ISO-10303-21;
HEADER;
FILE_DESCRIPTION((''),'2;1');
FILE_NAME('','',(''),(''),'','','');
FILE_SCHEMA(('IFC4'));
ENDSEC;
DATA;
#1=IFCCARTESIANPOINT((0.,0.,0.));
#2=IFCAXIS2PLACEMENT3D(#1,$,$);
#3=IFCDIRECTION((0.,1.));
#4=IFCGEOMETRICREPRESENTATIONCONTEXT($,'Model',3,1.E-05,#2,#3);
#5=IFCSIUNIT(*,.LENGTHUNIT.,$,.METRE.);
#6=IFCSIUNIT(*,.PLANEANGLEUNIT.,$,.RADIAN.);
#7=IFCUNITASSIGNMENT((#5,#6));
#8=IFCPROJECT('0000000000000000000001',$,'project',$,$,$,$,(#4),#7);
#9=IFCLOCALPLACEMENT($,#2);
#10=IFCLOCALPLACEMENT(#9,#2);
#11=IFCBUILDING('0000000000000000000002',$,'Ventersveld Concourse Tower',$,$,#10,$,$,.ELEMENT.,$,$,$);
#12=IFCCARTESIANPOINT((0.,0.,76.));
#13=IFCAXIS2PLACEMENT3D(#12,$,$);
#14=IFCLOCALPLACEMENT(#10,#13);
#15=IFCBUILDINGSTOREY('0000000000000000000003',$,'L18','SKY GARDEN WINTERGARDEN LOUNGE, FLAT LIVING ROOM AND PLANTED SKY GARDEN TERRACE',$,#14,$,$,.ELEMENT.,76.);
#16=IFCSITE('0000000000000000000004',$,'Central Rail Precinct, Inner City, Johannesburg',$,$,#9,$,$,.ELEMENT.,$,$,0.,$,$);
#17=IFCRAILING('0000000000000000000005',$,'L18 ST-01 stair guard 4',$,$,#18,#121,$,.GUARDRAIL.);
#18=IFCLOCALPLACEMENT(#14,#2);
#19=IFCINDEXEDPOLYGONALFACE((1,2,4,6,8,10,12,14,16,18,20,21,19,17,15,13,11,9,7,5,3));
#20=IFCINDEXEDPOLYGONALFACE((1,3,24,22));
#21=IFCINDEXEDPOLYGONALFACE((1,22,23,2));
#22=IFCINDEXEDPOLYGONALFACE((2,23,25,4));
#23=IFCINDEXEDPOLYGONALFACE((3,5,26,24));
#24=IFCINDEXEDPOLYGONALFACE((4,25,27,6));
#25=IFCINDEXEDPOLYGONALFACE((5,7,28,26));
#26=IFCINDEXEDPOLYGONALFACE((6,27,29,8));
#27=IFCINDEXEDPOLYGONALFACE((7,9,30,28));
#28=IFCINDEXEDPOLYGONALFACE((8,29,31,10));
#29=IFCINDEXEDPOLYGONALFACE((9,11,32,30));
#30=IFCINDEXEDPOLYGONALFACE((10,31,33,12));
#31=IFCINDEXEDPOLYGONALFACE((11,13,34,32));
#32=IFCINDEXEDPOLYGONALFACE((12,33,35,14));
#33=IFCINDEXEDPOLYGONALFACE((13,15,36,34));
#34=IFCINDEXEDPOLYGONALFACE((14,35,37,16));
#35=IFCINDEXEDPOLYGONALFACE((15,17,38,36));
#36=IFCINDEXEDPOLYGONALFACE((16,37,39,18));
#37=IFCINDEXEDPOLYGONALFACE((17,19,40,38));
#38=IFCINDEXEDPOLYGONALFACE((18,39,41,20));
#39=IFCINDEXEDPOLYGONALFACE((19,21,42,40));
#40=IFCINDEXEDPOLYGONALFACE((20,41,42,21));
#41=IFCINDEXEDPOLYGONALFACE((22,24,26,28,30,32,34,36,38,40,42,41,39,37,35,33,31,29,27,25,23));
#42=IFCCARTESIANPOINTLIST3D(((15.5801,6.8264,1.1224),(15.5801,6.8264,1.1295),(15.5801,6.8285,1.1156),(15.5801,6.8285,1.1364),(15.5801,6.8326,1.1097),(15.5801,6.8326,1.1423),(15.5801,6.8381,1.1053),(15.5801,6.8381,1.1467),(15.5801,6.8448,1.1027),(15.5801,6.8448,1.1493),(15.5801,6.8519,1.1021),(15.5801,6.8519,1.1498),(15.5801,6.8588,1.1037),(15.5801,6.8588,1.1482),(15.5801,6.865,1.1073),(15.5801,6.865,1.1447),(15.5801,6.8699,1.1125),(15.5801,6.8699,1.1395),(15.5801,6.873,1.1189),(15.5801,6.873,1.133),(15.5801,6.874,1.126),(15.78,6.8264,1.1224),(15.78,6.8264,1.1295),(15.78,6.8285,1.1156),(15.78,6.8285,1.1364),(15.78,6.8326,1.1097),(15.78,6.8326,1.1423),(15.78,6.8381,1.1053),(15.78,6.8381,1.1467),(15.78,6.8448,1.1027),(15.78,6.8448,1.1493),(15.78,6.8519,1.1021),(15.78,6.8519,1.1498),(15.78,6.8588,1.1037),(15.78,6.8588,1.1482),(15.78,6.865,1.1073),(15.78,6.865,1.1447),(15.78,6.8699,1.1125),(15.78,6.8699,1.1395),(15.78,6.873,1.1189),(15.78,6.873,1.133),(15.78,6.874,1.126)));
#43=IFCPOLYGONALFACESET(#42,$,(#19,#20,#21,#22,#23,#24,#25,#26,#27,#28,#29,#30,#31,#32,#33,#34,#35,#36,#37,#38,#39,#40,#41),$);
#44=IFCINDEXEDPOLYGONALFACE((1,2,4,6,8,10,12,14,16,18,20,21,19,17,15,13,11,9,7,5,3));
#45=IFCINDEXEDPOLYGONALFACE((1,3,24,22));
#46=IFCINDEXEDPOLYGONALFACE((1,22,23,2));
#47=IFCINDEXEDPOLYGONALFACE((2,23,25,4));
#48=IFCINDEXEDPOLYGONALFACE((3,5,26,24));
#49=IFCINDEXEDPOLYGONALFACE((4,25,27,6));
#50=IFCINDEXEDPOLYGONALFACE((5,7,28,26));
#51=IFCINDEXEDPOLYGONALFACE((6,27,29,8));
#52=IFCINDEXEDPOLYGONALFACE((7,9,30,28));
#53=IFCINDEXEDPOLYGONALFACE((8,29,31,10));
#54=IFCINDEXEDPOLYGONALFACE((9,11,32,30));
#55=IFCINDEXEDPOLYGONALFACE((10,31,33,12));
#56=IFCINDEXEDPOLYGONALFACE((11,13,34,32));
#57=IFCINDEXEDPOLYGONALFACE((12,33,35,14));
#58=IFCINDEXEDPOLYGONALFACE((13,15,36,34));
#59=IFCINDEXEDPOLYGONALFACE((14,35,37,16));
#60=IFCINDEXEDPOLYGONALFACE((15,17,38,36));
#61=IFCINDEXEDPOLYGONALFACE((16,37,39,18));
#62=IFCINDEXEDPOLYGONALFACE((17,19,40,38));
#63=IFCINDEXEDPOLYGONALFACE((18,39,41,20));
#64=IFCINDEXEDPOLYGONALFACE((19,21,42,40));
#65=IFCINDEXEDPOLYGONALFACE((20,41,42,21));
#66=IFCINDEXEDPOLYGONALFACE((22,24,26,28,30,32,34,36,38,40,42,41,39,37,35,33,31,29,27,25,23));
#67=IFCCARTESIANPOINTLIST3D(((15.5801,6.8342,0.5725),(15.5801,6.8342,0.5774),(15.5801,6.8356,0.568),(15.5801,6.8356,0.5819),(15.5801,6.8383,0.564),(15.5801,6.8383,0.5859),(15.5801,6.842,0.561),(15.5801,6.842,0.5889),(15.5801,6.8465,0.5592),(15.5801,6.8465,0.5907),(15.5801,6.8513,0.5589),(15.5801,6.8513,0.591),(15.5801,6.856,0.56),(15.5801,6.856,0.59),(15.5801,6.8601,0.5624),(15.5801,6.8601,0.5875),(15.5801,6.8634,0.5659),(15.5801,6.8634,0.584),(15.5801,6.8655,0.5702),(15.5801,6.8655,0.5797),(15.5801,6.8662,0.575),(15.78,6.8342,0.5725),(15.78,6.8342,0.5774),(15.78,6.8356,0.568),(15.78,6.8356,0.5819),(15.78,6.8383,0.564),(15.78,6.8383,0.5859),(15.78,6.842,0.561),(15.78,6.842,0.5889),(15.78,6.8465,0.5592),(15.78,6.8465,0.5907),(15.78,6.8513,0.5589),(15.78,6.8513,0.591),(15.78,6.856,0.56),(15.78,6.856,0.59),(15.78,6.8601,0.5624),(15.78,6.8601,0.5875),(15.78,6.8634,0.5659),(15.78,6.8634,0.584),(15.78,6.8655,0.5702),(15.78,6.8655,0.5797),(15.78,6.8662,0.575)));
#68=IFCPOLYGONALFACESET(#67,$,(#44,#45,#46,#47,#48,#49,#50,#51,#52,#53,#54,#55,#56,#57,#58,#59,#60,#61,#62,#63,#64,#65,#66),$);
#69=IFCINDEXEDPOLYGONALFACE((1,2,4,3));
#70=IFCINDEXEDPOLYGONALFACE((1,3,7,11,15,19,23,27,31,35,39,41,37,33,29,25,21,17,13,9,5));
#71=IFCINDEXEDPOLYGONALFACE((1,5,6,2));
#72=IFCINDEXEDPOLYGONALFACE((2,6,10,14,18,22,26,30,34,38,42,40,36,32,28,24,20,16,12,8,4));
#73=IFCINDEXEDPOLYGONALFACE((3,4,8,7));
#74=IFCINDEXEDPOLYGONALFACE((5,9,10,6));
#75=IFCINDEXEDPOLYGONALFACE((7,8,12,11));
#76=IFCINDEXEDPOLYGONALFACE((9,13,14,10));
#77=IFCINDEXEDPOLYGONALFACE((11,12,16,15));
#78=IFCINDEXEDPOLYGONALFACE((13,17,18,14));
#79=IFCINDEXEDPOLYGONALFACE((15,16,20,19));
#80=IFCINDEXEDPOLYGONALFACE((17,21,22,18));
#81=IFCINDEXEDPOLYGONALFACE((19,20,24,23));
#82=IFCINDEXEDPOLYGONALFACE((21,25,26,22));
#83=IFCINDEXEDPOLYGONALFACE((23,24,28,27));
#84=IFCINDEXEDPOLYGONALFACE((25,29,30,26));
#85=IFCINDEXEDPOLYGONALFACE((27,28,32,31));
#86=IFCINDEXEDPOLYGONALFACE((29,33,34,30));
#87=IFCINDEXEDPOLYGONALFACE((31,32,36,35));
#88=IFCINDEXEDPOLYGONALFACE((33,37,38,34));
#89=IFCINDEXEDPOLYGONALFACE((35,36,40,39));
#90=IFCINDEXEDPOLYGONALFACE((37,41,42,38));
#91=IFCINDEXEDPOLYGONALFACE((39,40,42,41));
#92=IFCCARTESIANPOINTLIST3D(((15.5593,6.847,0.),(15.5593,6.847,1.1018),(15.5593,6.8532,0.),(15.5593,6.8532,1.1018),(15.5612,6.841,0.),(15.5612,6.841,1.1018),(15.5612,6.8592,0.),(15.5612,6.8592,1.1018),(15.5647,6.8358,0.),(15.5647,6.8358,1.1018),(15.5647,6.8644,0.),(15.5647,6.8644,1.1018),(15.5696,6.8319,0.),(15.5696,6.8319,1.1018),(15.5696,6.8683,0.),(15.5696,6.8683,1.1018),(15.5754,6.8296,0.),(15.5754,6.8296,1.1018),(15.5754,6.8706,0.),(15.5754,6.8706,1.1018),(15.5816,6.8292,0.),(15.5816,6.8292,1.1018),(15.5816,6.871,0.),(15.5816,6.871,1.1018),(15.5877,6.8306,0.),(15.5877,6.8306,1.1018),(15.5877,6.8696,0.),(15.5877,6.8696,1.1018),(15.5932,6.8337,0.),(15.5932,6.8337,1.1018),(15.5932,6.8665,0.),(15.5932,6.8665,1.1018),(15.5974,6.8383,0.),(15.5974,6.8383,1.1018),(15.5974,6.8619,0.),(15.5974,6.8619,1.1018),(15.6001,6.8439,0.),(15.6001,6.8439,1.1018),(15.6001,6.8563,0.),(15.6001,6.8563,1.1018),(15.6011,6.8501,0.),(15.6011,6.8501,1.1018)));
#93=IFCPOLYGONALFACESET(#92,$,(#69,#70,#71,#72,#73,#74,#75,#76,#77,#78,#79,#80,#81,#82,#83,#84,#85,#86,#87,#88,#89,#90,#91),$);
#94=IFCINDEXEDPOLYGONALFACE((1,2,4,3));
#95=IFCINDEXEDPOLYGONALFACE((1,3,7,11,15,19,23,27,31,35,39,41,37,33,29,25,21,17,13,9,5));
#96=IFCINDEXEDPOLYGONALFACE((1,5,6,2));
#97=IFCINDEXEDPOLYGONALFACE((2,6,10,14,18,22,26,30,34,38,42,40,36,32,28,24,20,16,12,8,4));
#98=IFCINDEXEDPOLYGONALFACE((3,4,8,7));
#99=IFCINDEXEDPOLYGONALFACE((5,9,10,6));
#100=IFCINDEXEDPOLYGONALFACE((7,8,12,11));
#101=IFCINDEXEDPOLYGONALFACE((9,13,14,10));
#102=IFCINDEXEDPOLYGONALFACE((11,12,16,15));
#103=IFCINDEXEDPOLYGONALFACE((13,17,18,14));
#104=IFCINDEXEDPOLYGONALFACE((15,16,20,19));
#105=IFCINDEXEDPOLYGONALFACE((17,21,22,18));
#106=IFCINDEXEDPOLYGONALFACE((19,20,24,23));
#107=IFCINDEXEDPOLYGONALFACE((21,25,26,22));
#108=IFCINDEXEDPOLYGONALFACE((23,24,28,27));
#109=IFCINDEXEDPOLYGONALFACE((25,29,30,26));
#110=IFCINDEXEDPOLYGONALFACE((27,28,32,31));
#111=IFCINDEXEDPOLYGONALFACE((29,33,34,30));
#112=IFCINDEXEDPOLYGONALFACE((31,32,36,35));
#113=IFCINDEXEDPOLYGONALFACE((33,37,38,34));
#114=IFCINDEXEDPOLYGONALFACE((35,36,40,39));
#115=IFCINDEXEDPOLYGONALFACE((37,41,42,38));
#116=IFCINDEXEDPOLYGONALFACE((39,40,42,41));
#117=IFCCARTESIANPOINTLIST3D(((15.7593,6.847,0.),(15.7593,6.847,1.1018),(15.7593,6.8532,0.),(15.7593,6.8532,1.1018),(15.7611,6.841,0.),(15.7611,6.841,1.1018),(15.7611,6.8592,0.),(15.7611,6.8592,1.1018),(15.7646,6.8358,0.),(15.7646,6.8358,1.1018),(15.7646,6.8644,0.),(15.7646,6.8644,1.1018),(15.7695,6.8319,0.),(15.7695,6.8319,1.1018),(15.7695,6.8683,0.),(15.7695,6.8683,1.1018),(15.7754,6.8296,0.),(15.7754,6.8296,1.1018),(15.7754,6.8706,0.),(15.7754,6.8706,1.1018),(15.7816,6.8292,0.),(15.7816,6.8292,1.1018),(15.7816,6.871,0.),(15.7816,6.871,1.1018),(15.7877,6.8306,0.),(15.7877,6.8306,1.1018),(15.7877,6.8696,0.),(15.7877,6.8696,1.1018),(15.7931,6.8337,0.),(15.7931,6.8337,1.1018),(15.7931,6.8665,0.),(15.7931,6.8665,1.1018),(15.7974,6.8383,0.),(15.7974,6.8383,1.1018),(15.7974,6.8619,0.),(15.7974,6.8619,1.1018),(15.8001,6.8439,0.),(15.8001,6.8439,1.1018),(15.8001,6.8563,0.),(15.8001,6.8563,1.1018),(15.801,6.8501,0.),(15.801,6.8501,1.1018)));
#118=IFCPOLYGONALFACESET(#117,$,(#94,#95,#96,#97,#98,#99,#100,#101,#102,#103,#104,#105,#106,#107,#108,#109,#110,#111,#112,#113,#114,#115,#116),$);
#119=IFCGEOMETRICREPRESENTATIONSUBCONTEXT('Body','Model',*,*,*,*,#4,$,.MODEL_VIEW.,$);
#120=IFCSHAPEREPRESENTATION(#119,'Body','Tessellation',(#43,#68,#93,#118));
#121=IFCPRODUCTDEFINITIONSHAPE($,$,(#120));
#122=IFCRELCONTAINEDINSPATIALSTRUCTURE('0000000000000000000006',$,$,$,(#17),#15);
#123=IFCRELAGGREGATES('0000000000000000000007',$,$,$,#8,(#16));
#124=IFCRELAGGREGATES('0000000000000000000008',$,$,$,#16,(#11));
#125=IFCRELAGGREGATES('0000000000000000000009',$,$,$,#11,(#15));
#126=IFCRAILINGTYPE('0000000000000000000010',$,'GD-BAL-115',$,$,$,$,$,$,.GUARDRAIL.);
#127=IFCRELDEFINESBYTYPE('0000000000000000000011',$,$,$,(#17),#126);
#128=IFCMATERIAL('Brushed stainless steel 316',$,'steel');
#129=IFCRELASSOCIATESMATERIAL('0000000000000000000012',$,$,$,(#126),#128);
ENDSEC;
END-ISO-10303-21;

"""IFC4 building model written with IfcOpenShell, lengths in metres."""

from ifc_helpers import new_model, si_unit, direction, frame, origin, origin_2d, place, context, subcontext, project, spatial, circle, extrude, material, type_object, element, save


model = new_model("IFC4")

# Units and contexts
model_context = context("Model", 3, precision=1e-05, world=origin(), true_north=direction((0.0, 1.0)))
body_context = subcontext(model_context, "Body", "Model", "MODEL_VIEW")
ifc_project = project(units=[si_unit("LENGTHUNIT", "METRE"), si_unit("PLANEANGLEUNIT", "RADIAN")], contexts=[model_context])

# Site, building, storey
site_placement = place(None, origin())
site = spatial("IfcSite", under=ifc_project, at=site_placement, Name="Central Rail Precinct, Inner City, Johannesburg", CompositionType="ELEMENT", RefElevation=0.0)
building_placement = place(site_placement, origin())
building = spatial("IfcBuilding", under=site, at=building_placement, Name="Ventersveld Concourse Tower", CompositionType="ELEMENT")
storey_placement = place(building_placement, frame((0.0, 0.0, 76.0)))
storey = spatial("IfcBuildingStorey", under=building, at=storey_placement, Name="L18", Description="SKY GARDEN WINTERGARDEN LOUNGE, FLAT LIVING ROOM AND PLANTED SKY GARDEN TERRACE", CompositionType="ELEMENT", Elevation=76.0)

# Shared definitions
ifc_material_1 = material(Name="Brushed stainless steel 316", Category="steel")

# Railing
railing_type = type_object("IfcRailingType", Name="GD-BAL-115", PredefinedType="GUARDRAIL", material=ifc_material_1)
railing_1_placement = place(storey_placement, frame((15.5801, 6.8501, 0.0)))
element("IfcRailing", 1, at=railing_1_placement, inside=storey, type_object=railing_type, Name="L18 ST-01 stair guard 4", PredefinedType="GUARDRAIL", context=body_context, shape_type="SweptSolid", body=[
    extrude(circle(Radius=0.0239, at=origin_2d()), frame((0.0, 0.0, 1.126), z_axis=(1.0, 0.0, 0.0), x_axis=(0.0, 1.0, 0.0)), (0.0, 0.0, 1.0), 0.2),
    extrude(circle(Radius=0.0161, at=origin_2d()), frame((0.0, 0.0, 0.575), z_axis=(1.0, 0.0, 0.0), x_axis=(0.0, 1.0, 0.0)), (0.0, 0.0, 1.0), 0.2),
    extrude(circle(Radius=0.021, at=origin_2d()), origin(), (0.0, 0.0, 1.0), 1.1018),
    extrude(circle(Radius=0.021, at=origin_2d()), frame((0.2, 0.0, 0.0)), (0.0, 0.0, 1.0), 1.1018),
])

save(model, "model.ifc")
